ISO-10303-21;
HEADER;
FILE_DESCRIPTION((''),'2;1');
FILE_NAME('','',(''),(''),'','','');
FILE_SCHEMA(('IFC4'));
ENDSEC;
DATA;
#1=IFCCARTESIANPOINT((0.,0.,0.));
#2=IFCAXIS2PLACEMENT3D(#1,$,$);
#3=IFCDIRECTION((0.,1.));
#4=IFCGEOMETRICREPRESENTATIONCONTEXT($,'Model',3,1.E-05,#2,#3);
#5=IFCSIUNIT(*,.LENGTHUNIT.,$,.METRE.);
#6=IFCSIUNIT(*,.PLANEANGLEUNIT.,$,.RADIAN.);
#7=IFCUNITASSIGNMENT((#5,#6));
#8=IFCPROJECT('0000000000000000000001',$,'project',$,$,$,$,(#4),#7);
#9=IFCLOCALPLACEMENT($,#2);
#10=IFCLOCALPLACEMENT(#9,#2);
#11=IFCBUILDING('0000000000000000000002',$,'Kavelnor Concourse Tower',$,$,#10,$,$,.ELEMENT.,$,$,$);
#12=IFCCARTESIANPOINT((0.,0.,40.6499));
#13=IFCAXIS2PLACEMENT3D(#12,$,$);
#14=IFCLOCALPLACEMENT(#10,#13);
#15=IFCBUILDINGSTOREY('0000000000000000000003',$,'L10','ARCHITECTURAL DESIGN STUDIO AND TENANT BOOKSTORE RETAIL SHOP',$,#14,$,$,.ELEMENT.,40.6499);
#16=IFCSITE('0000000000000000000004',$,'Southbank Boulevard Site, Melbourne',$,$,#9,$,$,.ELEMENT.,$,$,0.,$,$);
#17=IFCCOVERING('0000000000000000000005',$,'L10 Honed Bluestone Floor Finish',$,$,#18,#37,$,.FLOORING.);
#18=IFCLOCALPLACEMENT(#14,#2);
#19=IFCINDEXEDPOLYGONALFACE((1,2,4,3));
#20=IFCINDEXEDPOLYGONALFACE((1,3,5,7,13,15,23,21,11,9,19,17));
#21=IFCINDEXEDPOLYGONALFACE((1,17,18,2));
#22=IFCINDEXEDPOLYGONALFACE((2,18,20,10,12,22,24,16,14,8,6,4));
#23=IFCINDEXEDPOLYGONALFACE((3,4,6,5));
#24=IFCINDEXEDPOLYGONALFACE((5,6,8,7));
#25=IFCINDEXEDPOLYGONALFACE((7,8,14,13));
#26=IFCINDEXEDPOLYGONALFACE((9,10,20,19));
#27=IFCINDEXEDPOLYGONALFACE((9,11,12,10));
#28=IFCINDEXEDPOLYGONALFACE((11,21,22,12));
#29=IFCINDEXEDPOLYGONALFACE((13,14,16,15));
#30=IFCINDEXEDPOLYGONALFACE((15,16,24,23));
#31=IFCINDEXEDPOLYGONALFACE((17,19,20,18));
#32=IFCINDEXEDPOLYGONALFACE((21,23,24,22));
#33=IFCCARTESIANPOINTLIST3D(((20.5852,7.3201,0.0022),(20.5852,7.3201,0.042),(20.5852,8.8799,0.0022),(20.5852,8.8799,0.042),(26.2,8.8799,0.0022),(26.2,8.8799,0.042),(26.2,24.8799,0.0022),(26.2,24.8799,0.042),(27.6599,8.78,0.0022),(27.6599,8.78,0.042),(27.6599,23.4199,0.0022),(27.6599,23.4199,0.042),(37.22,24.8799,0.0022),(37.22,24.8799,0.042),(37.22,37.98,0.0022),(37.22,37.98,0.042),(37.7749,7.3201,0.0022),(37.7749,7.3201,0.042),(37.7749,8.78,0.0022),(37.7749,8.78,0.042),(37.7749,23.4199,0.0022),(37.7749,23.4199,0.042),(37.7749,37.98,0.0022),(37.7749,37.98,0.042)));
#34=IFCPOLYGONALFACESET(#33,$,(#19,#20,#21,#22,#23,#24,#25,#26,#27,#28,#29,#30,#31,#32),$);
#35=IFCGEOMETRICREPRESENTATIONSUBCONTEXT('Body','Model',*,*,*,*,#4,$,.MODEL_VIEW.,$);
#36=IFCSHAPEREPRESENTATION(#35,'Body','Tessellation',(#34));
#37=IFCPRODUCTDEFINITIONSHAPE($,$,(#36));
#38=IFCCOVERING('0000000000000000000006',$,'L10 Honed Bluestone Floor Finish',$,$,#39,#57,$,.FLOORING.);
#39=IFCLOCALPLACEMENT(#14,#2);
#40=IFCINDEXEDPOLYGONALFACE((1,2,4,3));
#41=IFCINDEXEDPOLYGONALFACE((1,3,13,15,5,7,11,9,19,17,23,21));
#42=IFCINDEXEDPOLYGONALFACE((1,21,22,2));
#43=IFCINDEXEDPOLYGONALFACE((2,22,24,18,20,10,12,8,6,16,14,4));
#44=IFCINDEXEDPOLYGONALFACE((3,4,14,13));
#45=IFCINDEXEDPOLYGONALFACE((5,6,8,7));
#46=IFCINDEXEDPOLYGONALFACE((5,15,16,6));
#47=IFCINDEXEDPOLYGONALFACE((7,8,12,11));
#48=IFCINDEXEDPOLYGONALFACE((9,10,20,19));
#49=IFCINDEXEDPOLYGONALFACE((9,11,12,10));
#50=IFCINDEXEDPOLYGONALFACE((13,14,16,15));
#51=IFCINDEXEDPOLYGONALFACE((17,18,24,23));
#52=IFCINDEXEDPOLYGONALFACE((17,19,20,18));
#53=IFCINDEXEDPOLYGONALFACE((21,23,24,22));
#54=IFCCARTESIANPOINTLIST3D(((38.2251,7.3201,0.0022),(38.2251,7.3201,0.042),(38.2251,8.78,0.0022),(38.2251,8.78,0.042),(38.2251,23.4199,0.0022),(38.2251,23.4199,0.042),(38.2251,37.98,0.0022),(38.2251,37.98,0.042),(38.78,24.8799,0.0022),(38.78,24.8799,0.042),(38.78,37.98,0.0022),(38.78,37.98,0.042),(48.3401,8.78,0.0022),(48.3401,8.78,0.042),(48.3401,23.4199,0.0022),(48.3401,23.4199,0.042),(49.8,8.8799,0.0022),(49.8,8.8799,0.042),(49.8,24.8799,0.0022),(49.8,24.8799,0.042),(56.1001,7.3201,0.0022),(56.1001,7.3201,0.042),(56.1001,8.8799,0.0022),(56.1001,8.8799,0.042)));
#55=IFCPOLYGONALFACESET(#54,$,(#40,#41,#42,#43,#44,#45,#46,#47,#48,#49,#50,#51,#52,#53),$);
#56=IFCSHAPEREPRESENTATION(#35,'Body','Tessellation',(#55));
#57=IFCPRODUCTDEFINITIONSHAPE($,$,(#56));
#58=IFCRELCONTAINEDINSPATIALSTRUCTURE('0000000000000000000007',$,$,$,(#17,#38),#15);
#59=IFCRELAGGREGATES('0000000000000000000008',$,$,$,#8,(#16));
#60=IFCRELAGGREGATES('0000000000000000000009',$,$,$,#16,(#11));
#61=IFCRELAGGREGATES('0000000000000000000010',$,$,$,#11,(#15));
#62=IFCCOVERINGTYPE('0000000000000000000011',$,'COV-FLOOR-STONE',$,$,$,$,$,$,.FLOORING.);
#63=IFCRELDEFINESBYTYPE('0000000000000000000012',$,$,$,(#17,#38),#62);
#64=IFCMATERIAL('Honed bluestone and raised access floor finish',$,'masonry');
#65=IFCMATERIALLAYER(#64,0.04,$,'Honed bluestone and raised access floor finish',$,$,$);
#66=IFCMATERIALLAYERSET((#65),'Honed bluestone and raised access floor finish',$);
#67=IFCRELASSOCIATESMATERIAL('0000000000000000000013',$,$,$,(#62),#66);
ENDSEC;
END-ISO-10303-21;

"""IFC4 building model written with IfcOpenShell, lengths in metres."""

from ifc_helpers import new_model, si_unit, direction, frame, origin, place, context, subcontext, project, spatial, polyline, outline, extrude, material, layer, layer_set, type_object, element, save


model = new_model("IFC4")

# Units and contexts
model_context = context("Model", 3, precision=1e-05, world=origin(), true_north=direction((0.0, 1.0)))
body_context = subcontext(model_context, "Body", "Model", "MODEL_VIEW")
ifc_project = project(units=[si_unit("LENGTHUNIT", "METRE"), si_unit("PLANEANGLEUNIT", "RADIAN")], contexts=[model_context])

# Site, building, storey
site_placement = place(None, origin())
site = spatial("IfcSite", under=ifc_project, at=site_placement, Name="Southbank Boulevard Site, Melbourne", CompositionType="ELEMENT", RefElevation=0.0)
building_placement = place(site_placement, origin())
building = spatial("IfcBuilding", under=site, at=building_placement, Name="Kavelnor Concourse Tower", CompositionType="ELEMENT")
storey_placement = place(building_placement, frame((0.0, 0.0, 40.6499)))
storey = spatial("IfcBuildingStorey", under=building, at=storey_placement, Name="L10", Description="ARCHITECTURAL DESIGN STUDIO AND TENANT BOOKSTORE RETAIL SHOP", CompositionType="ELEMENT", Elevation=40.6499)

# Coverings
ifc_material_1 = material(Name="Honed bluestone and raised access floor finish", Category="masonry")
ifc_layer_1 = layer(ifc_material_1, 0.04, Name="Honed bluestone and raised access floor finish")
ifc_layer_set_1 = layer_set([ifc_layer_1], Name="Honed bluestone and raised access floor finish")
covering_type_1 = type_object("IfcCoveringType", Name="COV-FLOOR-STONE", PredefinedType="FLOORING", material=ifc_layer_set_1)
covering_1_placement = place(storey_placement, frame((0.0, 0.0, 0.0022)))
element("IfcCovering", 1, at=covering_1_placement, inside=storey, type_object=covering_type_1, Name="L10 Honed Bluestone Floor Finish", PredefinedType="FLOORING", context=body_context, shape_type="SweptSolid", body=[
    extrude(outline(polyline([(37.22, 37.98), (37.7749, 37.98), (37.7749, 23.4199), (27.6599, 23.4199), (27.6599, 8.78), (37.7749, 8.78), (37.7749, 7.3201), (20.5852, 7.3201), (20.5852, 8.8799), (26.2, 8.8799), (26.2, 24.8799), (37.22, 24.8799), (37.22, 37.98)])), origin(), (0.0, 0.0, 1.0), 0.0398),
])
covering_2_placement = place(storey_placement, frame((0.0, 0.0, 0.0022)))
element("IfcCovering", 2, at=covering_2_placement, inside=storey, type_object=covering_type_1, Name="L10 Honed Bluestone Floor Finish", PredefinedType="FLOORING", context=body_context, shape_type="SweptSolid", body=[
    extrude(outline(polyline([(38.78, 37.98), (38.78, 24.8799), (49.8, 24.8799), (49.8, 8.8799), (56.1001, 8.8799), (56.1001, 7.3201), (38.2251, 7.3201), (38.2251, 8.78), (48.3401, 8.78), (48.3401, 23.4199), (38.2251, 23.4199), (38.2251, 37.98), (38.78, 37.98)])), origin(), (0.0, 0.0, 1.0), 0.0398),
])

save(model, "model.ifc")
